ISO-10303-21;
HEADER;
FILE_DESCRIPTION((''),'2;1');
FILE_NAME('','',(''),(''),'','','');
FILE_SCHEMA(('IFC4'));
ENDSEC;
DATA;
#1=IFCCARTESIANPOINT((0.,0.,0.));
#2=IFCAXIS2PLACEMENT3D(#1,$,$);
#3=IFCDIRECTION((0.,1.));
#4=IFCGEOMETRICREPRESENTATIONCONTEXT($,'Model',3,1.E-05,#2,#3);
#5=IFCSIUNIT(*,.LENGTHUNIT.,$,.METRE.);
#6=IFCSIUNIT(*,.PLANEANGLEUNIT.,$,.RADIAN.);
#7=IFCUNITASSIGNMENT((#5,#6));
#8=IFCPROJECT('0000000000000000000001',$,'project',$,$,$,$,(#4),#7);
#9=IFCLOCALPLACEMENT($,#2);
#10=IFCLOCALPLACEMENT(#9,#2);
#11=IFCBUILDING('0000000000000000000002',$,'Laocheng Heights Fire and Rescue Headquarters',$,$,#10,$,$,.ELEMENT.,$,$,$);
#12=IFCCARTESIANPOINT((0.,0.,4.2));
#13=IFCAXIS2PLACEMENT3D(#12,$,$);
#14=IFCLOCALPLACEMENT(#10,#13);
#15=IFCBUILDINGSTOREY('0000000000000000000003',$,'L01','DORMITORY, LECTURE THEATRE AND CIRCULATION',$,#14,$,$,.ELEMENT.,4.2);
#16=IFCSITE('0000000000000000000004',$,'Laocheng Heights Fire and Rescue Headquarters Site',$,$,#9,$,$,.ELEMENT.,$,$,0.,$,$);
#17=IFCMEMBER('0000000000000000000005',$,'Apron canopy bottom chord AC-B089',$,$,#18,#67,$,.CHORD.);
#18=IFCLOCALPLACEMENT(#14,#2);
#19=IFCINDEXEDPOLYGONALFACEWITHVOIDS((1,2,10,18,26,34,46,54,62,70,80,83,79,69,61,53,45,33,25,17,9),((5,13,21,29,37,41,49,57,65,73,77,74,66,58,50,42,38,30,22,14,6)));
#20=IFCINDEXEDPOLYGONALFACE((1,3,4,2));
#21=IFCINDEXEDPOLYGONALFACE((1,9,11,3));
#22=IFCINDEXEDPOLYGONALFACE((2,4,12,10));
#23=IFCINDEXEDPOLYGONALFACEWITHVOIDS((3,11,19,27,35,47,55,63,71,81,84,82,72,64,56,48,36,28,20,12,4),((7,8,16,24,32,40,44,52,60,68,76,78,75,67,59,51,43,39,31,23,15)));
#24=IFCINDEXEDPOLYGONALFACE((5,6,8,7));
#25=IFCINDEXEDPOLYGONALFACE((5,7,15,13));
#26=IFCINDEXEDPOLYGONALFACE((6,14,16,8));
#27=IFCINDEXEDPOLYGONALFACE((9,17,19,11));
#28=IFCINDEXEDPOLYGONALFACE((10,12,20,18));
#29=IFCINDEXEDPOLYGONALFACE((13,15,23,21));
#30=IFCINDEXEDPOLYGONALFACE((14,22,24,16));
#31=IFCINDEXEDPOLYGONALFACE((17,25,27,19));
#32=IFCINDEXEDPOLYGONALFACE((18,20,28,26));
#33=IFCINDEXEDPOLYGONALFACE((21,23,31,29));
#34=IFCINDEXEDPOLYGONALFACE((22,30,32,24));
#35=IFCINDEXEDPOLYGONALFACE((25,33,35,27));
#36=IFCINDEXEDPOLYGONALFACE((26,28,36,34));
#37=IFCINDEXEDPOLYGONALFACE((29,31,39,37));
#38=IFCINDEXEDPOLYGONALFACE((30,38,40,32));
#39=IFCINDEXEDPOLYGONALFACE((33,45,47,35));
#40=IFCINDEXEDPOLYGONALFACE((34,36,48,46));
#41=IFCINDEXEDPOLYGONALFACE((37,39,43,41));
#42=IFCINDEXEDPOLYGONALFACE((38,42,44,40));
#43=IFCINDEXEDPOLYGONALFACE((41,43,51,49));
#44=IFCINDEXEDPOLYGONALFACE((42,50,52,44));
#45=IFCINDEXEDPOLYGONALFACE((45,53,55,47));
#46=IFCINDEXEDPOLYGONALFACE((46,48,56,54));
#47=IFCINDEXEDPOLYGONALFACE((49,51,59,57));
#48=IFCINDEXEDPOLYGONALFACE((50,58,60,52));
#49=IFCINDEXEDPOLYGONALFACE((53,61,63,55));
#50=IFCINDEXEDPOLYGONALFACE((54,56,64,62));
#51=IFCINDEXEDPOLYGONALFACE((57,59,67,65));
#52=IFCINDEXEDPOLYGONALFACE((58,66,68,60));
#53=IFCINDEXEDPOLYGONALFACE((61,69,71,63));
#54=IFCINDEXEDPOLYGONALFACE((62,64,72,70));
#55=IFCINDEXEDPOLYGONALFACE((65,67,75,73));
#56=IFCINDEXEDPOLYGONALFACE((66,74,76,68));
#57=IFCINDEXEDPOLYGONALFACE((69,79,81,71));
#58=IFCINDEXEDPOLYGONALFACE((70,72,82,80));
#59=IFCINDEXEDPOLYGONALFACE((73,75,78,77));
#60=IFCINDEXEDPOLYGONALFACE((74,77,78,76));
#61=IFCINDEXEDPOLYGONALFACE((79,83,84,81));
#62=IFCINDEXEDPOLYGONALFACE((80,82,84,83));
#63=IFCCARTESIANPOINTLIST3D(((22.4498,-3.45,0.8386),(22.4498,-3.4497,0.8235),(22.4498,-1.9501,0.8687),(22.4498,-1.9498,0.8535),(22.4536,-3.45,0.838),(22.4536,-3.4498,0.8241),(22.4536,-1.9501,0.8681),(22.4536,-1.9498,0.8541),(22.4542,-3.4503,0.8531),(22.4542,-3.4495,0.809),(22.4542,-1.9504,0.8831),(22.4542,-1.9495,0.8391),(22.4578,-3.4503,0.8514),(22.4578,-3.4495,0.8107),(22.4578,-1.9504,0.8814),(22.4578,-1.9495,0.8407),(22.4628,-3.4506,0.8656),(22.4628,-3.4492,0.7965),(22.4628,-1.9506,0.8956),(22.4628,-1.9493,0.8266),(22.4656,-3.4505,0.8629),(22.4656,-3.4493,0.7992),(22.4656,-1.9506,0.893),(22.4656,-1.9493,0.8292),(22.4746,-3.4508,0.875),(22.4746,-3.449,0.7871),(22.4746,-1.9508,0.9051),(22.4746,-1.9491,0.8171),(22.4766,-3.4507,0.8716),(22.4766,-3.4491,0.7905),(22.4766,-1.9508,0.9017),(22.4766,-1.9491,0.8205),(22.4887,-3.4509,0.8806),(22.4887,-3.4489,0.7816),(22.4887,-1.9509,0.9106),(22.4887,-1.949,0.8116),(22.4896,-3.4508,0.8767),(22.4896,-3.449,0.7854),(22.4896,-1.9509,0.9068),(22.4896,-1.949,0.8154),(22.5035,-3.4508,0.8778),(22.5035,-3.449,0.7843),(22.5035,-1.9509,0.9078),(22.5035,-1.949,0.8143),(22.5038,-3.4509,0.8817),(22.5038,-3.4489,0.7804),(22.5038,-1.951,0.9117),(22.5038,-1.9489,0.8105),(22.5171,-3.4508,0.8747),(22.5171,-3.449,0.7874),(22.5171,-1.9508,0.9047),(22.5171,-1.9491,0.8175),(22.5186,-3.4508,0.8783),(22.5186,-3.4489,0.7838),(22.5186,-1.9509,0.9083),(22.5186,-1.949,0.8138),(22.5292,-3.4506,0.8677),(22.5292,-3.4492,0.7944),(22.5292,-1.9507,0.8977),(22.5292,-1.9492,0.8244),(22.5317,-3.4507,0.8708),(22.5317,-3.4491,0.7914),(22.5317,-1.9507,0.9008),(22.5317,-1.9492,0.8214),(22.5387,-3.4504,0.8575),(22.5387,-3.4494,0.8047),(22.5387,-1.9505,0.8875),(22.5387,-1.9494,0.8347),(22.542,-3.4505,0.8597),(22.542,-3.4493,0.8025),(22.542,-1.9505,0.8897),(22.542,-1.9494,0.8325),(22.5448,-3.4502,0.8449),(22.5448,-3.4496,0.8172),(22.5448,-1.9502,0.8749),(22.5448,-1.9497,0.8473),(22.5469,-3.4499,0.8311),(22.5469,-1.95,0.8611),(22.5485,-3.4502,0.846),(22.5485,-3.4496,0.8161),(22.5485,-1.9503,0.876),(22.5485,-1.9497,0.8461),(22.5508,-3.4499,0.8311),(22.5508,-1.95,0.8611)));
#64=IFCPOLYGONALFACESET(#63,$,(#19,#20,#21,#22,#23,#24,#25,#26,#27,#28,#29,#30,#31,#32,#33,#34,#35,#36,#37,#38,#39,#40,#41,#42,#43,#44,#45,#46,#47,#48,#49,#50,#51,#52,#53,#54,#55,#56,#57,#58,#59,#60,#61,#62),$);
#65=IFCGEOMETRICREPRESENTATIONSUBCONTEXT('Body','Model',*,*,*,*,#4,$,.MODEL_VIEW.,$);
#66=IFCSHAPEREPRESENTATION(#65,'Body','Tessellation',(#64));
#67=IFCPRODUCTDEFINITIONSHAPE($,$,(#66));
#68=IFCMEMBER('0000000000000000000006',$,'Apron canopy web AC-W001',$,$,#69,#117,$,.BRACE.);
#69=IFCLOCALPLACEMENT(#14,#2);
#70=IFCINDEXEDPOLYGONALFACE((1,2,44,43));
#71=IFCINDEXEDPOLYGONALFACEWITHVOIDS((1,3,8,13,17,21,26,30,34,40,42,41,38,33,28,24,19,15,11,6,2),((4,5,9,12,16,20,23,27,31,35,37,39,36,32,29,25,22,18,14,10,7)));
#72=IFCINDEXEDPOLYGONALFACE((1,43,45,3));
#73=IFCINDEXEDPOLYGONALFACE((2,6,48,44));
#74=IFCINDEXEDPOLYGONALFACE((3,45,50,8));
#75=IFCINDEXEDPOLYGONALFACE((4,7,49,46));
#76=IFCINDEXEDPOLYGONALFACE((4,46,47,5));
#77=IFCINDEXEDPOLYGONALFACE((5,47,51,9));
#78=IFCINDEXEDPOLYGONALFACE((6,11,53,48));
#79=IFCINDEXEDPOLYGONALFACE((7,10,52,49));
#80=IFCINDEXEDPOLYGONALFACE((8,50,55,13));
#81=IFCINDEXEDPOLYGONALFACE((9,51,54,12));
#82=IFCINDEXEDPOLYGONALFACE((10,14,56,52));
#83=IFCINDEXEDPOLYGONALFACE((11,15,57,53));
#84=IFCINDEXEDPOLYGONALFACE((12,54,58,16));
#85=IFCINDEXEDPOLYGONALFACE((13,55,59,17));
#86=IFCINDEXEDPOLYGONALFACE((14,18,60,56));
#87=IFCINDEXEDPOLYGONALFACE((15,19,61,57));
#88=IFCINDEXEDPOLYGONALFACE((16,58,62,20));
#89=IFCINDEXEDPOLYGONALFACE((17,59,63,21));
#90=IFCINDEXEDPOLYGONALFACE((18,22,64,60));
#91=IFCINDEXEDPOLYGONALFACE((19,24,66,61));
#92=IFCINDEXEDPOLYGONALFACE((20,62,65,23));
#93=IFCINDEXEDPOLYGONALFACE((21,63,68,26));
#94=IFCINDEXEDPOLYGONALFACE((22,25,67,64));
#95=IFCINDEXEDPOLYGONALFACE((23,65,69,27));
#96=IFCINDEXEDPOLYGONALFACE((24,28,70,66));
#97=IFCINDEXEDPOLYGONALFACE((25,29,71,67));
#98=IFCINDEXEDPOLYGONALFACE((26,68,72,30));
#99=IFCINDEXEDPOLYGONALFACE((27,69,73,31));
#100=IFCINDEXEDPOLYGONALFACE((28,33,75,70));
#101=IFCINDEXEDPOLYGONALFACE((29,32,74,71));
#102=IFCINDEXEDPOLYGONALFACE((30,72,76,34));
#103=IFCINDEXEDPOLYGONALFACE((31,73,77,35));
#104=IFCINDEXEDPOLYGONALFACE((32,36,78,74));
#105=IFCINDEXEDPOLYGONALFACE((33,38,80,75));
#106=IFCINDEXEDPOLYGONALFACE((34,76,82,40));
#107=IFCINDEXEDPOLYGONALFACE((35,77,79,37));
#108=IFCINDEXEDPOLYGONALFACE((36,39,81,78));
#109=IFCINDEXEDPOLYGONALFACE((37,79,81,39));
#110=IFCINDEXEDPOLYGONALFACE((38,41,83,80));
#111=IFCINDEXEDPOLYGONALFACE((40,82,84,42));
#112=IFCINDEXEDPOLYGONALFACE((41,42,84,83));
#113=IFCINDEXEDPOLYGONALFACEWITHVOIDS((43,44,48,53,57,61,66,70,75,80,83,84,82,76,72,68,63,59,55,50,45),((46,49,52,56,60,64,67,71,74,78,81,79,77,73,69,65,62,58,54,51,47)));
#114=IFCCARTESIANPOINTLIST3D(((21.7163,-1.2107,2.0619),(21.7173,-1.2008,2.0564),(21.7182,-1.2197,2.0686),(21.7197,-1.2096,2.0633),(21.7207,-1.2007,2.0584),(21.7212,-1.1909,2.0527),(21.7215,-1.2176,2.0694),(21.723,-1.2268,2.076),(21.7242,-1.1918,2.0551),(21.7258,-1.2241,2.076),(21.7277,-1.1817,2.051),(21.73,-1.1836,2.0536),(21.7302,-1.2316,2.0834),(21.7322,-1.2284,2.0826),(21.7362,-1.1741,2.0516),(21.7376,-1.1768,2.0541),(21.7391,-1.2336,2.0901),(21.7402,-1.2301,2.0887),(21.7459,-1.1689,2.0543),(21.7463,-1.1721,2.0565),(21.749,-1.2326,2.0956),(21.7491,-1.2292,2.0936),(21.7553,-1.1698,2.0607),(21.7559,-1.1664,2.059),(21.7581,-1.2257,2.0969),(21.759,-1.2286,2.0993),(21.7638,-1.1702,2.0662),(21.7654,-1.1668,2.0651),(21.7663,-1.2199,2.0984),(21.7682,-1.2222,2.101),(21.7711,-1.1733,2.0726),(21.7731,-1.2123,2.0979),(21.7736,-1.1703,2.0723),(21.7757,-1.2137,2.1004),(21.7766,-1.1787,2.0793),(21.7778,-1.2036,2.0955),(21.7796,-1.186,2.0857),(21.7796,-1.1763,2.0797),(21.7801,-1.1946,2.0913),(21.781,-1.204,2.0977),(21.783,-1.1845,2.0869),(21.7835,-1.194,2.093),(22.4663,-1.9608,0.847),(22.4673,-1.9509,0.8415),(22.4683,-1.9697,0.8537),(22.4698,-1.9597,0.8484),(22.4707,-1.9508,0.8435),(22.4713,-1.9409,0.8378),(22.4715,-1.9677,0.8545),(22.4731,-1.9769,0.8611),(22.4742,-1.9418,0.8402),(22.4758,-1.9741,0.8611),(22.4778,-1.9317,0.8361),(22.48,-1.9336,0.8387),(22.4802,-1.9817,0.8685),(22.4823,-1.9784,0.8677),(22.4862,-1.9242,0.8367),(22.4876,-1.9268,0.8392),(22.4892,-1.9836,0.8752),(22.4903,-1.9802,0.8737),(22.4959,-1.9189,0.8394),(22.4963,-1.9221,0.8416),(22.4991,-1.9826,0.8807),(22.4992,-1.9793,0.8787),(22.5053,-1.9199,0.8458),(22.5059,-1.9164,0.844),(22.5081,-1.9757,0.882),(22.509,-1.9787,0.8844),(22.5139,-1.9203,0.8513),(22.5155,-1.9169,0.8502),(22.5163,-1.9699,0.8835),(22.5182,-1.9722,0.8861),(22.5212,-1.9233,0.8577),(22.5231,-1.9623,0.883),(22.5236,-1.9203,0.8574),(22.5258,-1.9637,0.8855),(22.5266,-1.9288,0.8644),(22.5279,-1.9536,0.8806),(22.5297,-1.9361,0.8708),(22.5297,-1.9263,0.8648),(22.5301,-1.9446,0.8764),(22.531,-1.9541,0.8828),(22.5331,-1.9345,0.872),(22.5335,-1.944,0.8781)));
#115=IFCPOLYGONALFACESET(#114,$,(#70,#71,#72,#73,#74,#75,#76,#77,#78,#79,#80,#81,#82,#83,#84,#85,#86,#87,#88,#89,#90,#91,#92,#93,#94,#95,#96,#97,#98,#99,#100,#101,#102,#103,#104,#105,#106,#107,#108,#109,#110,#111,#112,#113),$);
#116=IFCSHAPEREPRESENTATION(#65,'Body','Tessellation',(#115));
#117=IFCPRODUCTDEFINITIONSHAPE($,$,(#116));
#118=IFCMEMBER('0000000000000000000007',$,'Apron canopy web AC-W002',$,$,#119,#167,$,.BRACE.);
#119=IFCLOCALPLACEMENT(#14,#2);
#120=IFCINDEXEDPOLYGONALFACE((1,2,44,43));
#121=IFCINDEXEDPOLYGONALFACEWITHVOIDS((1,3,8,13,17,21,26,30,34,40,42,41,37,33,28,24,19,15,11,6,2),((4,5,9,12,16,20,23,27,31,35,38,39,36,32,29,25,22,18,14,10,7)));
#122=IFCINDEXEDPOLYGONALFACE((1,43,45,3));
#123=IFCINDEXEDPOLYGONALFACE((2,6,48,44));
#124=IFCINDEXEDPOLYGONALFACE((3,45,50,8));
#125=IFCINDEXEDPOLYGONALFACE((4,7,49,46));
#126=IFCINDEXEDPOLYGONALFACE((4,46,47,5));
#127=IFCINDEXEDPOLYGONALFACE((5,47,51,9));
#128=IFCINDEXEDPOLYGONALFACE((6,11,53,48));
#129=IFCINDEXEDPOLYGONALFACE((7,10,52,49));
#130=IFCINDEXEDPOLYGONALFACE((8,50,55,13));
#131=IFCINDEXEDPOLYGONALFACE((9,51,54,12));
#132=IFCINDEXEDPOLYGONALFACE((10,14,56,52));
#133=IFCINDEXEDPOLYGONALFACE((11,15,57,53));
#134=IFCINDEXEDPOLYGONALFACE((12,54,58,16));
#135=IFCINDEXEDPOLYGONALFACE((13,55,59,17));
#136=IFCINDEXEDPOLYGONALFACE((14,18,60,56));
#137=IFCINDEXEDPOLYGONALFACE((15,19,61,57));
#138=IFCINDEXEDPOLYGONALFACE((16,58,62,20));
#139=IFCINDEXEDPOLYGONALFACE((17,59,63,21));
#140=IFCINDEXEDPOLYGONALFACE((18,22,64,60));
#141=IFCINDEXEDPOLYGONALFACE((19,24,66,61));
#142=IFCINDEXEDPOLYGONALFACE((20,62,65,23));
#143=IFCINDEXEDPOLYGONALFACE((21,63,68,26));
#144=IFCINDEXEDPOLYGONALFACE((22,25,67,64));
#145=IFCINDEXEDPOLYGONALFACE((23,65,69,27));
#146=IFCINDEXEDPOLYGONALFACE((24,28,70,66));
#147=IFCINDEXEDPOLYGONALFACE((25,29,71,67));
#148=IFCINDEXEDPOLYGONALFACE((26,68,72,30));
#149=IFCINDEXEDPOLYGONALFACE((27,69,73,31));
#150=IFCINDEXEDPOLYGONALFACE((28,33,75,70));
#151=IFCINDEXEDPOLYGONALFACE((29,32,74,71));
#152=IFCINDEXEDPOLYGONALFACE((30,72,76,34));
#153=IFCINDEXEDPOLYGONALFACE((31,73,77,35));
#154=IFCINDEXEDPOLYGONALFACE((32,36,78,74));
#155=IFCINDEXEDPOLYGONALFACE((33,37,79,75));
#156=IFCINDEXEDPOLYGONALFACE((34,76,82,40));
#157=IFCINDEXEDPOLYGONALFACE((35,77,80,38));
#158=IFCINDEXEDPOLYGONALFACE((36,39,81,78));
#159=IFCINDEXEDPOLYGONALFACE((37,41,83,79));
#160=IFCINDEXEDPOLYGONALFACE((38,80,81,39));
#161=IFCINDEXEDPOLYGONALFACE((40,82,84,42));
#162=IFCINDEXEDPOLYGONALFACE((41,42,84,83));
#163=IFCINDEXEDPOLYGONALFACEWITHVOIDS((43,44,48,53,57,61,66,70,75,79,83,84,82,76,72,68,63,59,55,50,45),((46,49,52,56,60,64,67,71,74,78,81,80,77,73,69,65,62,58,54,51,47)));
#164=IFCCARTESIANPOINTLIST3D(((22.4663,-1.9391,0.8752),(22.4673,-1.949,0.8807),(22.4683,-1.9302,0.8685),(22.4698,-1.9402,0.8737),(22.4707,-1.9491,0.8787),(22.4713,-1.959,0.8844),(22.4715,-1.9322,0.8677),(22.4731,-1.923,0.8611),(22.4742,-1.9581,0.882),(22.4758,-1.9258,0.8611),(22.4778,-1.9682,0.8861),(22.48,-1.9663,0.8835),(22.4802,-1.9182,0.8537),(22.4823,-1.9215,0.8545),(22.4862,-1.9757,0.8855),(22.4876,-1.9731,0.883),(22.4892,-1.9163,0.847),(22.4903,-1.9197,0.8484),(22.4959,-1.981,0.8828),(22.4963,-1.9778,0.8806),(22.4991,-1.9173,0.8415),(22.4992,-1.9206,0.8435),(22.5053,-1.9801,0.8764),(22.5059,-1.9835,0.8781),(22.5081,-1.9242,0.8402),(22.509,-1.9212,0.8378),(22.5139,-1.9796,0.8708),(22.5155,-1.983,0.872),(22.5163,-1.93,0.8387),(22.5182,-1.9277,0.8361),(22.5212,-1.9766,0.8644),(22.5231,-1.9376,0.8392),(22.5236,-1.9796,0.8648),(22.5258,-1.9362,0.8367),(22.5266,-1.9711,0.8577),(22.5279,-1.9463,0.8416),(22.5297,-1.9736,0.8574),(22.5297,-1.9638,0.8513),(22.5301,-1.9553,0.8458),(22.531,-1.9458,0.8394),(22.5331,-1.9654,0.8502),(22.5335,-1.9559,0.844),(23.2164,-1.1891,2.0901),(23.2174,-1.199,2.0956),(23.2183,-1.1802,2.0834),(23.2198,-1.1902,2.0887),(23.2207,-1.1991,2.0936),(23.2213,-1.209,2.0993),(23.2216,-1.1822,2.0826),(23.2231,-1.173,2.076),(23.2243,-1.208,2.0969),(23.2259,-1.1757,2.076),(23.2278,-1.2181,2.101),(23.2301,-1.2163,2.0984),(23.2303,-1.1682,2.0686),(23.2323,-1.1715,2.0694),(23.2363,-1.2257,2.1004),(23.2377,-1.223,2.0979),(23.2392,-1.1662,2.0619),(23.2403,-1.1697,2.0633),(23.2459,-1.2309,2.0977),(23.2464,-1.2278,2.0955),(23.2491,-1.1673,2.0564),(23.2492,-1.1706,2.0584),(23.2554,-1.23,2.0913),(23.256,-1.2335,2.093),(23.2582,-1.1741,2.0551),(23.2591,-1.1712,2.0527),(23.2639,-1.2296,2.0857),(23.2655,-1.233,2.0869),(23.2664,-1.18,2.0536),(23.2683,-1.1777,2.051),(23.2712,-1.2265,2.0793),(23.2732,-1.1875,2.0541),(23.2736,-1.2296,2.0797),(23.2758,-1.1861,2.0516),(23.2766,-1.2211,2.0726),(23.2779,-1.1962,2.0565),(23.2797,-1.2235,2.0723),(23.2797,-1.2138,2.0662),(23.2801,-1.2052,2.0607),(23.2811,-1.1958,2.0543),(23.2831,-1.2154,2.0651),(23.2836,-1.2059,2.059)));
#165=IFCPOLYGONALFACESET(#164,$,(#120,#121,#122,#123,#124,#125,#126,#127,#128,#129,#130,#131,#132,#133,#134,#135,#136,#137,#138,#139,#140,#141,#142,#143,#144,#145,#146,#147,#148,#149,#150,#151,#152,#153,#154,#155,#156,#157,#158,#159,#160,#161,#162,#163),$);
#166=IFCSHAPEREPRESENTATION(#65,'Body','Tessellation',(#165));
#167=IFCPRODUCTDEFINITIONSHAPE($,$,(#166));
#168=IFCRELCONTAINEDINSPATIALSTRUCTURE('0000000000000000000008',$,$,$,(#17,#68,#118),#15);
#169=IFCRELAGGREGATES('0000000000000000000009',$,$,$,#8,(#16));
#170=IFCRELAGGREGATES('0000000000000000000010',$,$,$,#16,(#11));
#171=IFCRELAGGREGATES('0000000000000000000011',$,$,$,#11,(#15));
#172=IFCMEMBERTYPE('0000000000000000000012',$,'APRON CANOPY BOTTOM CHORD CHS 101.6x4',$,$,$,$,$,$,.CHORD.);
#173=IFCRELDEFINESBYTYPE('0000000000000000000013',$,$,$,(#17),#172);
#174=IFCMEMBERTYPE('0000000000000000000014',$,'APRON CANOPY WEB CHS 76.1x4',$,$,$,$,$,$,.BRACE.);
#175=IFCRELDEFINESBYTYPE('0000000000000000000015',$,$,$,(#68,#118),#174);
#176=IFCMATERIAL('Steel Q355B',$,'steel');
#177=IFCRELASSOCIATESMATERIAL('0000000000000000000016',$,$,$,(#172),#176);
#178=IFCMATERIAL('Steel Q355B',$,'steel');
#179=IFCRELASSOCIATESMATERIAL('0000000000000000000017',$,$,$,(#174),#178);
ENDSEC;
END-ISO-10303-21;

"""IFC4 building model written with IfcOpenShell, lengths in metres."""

from ifc_helpers import new_model, si_unit, direction, frame, origin, origin_2d, place, context, subcontext, project, spatial, hollow_circle, extrude, material, material_profile, profile_set, type_object, element, save


model = new_model("IFC4")

# Units and contexts
model_context = context("Model", 3, precision=1e-05, world=origin(), true_north=direction((0.0, 1.0)))
body_context = subcontext(model_context, "Body", "Model", "MODEL_VIEW")
ifc_project = project(units=[si_unit("LENGTHUNIT", "METRE"), si_unit("PLANEANGLEUNIT", "RADIAN")], contexts=[model_context])

# Site, building, storey
site_placement = place(None, origin())
site = spatial("IfcSite", under=ifc_project, at=site_placement, Name="Laocheng Heights Fire and Rescue Headquarters Site", CompositionType="ELEMENT", RefElevation=0.0)
building_placement = place(site_placement, origin())
building = spatial("IfcBuilding", under=site, at=building_placement, Name="Laocheng Heights Fire and Rescue Headquarters", CompositionType="ELEMENT")
storey_placement = place(building_placement, frame((0.0, 0.0, 4.2)))
storey = spatial("IfcBuildingStorey", under=building, at=storey_placement, Name="L01", Description="DORMITORY, LECTURE THEATRE AND CIRCULATION", CompositionType="ELEMENT", Elevation=4.2)

# Members
ifc_material_1 = material(Name="Steel Q355B", Category="steel")
ifc_material_profile_1 = material_profile(ifc_material_1, hollow_circle(Radius=0.0508, WallThickness=0.0039, at=origin_2d()), Name="CHS 101.6x4")
ifc_profile_set_1 = profile_set([ifc_material_profile_1], Name="Steel Q355B")
member_type_1 = type_object("IfcMemberType", Name="APRON CANOPY BOTTOM CHORD CHS 101.6x4", PredefinedType="CHORD", material=ifc_profile_set_1)
member_1_placement = place(storey_placement, frame((22.5, -1.95, 0.8611), z_axis=(0.0, -0.9998, -0.020016), x_axis=(1.0, 0.0, 0.0)))
element("IfcMember", 1, at=member_1_placement, inside=storey, type_object=member_type_1, Name="Apron canopy bottom chord AC-B089", PredefinedType="CHORD", context=body_context, shape_type="SweptSolid", body=[
    extrude(hollow_circle(Radius=0.0508, WallThickness=0.0039, at=origin_2d()), origin(), (0.0, 0.0, 1.0), 1.5002),
])
ifc_material_2 = material(Name="Steel Q355B", Category="steel")
ifc_material_profile_2 = material_profile(ifc_material_2, hollow_circle(Radius=0.0381, WallThickness=0.0039, at=origin_2d()), Name="CHS 76.1x4")
ifc_profile_set_2 = profile_set([ifc_material_profile_2], Name="Steel Q355B")
member_type_2 = type_object("IfcMemberType", Name="APRON CANOPY WEB CHS 76.1x4", PredefinedType="BRACE", material=ifc_profile_set_2)
for number, where, z_axis, x_axis, name in (
    (2, (22.5, -1.95, 0.8611), (-0.465055, 0.465055, 0.753292), (-0.707107, -0.707107, 0.0), "Apron canopy web AC-W001"),
    (3, (22.5, -1.95, 0.8611), (0.465055, 0.465055, 0.753292), (-0.707107, 0.707107, 0.0), "Apron canopy web AC-W002"),
):
    element("IfcMember", number, at=place(storey_placement, frame(where, z_axis=z_axis, x_axis=x_axis)), inside=storey, type_object=member_type_2, Name=name, PredefinedType="BRACE", context=body_context, shape_type="SweptSolid", body=[
        extrude(hollow_circle(Radius=0.0381, WallThickness=0.0039, at=origin_2d()), origin(), (0.0, 0.0, 1.0), 1.6128),
    ])

save(model, "model.ifc")
